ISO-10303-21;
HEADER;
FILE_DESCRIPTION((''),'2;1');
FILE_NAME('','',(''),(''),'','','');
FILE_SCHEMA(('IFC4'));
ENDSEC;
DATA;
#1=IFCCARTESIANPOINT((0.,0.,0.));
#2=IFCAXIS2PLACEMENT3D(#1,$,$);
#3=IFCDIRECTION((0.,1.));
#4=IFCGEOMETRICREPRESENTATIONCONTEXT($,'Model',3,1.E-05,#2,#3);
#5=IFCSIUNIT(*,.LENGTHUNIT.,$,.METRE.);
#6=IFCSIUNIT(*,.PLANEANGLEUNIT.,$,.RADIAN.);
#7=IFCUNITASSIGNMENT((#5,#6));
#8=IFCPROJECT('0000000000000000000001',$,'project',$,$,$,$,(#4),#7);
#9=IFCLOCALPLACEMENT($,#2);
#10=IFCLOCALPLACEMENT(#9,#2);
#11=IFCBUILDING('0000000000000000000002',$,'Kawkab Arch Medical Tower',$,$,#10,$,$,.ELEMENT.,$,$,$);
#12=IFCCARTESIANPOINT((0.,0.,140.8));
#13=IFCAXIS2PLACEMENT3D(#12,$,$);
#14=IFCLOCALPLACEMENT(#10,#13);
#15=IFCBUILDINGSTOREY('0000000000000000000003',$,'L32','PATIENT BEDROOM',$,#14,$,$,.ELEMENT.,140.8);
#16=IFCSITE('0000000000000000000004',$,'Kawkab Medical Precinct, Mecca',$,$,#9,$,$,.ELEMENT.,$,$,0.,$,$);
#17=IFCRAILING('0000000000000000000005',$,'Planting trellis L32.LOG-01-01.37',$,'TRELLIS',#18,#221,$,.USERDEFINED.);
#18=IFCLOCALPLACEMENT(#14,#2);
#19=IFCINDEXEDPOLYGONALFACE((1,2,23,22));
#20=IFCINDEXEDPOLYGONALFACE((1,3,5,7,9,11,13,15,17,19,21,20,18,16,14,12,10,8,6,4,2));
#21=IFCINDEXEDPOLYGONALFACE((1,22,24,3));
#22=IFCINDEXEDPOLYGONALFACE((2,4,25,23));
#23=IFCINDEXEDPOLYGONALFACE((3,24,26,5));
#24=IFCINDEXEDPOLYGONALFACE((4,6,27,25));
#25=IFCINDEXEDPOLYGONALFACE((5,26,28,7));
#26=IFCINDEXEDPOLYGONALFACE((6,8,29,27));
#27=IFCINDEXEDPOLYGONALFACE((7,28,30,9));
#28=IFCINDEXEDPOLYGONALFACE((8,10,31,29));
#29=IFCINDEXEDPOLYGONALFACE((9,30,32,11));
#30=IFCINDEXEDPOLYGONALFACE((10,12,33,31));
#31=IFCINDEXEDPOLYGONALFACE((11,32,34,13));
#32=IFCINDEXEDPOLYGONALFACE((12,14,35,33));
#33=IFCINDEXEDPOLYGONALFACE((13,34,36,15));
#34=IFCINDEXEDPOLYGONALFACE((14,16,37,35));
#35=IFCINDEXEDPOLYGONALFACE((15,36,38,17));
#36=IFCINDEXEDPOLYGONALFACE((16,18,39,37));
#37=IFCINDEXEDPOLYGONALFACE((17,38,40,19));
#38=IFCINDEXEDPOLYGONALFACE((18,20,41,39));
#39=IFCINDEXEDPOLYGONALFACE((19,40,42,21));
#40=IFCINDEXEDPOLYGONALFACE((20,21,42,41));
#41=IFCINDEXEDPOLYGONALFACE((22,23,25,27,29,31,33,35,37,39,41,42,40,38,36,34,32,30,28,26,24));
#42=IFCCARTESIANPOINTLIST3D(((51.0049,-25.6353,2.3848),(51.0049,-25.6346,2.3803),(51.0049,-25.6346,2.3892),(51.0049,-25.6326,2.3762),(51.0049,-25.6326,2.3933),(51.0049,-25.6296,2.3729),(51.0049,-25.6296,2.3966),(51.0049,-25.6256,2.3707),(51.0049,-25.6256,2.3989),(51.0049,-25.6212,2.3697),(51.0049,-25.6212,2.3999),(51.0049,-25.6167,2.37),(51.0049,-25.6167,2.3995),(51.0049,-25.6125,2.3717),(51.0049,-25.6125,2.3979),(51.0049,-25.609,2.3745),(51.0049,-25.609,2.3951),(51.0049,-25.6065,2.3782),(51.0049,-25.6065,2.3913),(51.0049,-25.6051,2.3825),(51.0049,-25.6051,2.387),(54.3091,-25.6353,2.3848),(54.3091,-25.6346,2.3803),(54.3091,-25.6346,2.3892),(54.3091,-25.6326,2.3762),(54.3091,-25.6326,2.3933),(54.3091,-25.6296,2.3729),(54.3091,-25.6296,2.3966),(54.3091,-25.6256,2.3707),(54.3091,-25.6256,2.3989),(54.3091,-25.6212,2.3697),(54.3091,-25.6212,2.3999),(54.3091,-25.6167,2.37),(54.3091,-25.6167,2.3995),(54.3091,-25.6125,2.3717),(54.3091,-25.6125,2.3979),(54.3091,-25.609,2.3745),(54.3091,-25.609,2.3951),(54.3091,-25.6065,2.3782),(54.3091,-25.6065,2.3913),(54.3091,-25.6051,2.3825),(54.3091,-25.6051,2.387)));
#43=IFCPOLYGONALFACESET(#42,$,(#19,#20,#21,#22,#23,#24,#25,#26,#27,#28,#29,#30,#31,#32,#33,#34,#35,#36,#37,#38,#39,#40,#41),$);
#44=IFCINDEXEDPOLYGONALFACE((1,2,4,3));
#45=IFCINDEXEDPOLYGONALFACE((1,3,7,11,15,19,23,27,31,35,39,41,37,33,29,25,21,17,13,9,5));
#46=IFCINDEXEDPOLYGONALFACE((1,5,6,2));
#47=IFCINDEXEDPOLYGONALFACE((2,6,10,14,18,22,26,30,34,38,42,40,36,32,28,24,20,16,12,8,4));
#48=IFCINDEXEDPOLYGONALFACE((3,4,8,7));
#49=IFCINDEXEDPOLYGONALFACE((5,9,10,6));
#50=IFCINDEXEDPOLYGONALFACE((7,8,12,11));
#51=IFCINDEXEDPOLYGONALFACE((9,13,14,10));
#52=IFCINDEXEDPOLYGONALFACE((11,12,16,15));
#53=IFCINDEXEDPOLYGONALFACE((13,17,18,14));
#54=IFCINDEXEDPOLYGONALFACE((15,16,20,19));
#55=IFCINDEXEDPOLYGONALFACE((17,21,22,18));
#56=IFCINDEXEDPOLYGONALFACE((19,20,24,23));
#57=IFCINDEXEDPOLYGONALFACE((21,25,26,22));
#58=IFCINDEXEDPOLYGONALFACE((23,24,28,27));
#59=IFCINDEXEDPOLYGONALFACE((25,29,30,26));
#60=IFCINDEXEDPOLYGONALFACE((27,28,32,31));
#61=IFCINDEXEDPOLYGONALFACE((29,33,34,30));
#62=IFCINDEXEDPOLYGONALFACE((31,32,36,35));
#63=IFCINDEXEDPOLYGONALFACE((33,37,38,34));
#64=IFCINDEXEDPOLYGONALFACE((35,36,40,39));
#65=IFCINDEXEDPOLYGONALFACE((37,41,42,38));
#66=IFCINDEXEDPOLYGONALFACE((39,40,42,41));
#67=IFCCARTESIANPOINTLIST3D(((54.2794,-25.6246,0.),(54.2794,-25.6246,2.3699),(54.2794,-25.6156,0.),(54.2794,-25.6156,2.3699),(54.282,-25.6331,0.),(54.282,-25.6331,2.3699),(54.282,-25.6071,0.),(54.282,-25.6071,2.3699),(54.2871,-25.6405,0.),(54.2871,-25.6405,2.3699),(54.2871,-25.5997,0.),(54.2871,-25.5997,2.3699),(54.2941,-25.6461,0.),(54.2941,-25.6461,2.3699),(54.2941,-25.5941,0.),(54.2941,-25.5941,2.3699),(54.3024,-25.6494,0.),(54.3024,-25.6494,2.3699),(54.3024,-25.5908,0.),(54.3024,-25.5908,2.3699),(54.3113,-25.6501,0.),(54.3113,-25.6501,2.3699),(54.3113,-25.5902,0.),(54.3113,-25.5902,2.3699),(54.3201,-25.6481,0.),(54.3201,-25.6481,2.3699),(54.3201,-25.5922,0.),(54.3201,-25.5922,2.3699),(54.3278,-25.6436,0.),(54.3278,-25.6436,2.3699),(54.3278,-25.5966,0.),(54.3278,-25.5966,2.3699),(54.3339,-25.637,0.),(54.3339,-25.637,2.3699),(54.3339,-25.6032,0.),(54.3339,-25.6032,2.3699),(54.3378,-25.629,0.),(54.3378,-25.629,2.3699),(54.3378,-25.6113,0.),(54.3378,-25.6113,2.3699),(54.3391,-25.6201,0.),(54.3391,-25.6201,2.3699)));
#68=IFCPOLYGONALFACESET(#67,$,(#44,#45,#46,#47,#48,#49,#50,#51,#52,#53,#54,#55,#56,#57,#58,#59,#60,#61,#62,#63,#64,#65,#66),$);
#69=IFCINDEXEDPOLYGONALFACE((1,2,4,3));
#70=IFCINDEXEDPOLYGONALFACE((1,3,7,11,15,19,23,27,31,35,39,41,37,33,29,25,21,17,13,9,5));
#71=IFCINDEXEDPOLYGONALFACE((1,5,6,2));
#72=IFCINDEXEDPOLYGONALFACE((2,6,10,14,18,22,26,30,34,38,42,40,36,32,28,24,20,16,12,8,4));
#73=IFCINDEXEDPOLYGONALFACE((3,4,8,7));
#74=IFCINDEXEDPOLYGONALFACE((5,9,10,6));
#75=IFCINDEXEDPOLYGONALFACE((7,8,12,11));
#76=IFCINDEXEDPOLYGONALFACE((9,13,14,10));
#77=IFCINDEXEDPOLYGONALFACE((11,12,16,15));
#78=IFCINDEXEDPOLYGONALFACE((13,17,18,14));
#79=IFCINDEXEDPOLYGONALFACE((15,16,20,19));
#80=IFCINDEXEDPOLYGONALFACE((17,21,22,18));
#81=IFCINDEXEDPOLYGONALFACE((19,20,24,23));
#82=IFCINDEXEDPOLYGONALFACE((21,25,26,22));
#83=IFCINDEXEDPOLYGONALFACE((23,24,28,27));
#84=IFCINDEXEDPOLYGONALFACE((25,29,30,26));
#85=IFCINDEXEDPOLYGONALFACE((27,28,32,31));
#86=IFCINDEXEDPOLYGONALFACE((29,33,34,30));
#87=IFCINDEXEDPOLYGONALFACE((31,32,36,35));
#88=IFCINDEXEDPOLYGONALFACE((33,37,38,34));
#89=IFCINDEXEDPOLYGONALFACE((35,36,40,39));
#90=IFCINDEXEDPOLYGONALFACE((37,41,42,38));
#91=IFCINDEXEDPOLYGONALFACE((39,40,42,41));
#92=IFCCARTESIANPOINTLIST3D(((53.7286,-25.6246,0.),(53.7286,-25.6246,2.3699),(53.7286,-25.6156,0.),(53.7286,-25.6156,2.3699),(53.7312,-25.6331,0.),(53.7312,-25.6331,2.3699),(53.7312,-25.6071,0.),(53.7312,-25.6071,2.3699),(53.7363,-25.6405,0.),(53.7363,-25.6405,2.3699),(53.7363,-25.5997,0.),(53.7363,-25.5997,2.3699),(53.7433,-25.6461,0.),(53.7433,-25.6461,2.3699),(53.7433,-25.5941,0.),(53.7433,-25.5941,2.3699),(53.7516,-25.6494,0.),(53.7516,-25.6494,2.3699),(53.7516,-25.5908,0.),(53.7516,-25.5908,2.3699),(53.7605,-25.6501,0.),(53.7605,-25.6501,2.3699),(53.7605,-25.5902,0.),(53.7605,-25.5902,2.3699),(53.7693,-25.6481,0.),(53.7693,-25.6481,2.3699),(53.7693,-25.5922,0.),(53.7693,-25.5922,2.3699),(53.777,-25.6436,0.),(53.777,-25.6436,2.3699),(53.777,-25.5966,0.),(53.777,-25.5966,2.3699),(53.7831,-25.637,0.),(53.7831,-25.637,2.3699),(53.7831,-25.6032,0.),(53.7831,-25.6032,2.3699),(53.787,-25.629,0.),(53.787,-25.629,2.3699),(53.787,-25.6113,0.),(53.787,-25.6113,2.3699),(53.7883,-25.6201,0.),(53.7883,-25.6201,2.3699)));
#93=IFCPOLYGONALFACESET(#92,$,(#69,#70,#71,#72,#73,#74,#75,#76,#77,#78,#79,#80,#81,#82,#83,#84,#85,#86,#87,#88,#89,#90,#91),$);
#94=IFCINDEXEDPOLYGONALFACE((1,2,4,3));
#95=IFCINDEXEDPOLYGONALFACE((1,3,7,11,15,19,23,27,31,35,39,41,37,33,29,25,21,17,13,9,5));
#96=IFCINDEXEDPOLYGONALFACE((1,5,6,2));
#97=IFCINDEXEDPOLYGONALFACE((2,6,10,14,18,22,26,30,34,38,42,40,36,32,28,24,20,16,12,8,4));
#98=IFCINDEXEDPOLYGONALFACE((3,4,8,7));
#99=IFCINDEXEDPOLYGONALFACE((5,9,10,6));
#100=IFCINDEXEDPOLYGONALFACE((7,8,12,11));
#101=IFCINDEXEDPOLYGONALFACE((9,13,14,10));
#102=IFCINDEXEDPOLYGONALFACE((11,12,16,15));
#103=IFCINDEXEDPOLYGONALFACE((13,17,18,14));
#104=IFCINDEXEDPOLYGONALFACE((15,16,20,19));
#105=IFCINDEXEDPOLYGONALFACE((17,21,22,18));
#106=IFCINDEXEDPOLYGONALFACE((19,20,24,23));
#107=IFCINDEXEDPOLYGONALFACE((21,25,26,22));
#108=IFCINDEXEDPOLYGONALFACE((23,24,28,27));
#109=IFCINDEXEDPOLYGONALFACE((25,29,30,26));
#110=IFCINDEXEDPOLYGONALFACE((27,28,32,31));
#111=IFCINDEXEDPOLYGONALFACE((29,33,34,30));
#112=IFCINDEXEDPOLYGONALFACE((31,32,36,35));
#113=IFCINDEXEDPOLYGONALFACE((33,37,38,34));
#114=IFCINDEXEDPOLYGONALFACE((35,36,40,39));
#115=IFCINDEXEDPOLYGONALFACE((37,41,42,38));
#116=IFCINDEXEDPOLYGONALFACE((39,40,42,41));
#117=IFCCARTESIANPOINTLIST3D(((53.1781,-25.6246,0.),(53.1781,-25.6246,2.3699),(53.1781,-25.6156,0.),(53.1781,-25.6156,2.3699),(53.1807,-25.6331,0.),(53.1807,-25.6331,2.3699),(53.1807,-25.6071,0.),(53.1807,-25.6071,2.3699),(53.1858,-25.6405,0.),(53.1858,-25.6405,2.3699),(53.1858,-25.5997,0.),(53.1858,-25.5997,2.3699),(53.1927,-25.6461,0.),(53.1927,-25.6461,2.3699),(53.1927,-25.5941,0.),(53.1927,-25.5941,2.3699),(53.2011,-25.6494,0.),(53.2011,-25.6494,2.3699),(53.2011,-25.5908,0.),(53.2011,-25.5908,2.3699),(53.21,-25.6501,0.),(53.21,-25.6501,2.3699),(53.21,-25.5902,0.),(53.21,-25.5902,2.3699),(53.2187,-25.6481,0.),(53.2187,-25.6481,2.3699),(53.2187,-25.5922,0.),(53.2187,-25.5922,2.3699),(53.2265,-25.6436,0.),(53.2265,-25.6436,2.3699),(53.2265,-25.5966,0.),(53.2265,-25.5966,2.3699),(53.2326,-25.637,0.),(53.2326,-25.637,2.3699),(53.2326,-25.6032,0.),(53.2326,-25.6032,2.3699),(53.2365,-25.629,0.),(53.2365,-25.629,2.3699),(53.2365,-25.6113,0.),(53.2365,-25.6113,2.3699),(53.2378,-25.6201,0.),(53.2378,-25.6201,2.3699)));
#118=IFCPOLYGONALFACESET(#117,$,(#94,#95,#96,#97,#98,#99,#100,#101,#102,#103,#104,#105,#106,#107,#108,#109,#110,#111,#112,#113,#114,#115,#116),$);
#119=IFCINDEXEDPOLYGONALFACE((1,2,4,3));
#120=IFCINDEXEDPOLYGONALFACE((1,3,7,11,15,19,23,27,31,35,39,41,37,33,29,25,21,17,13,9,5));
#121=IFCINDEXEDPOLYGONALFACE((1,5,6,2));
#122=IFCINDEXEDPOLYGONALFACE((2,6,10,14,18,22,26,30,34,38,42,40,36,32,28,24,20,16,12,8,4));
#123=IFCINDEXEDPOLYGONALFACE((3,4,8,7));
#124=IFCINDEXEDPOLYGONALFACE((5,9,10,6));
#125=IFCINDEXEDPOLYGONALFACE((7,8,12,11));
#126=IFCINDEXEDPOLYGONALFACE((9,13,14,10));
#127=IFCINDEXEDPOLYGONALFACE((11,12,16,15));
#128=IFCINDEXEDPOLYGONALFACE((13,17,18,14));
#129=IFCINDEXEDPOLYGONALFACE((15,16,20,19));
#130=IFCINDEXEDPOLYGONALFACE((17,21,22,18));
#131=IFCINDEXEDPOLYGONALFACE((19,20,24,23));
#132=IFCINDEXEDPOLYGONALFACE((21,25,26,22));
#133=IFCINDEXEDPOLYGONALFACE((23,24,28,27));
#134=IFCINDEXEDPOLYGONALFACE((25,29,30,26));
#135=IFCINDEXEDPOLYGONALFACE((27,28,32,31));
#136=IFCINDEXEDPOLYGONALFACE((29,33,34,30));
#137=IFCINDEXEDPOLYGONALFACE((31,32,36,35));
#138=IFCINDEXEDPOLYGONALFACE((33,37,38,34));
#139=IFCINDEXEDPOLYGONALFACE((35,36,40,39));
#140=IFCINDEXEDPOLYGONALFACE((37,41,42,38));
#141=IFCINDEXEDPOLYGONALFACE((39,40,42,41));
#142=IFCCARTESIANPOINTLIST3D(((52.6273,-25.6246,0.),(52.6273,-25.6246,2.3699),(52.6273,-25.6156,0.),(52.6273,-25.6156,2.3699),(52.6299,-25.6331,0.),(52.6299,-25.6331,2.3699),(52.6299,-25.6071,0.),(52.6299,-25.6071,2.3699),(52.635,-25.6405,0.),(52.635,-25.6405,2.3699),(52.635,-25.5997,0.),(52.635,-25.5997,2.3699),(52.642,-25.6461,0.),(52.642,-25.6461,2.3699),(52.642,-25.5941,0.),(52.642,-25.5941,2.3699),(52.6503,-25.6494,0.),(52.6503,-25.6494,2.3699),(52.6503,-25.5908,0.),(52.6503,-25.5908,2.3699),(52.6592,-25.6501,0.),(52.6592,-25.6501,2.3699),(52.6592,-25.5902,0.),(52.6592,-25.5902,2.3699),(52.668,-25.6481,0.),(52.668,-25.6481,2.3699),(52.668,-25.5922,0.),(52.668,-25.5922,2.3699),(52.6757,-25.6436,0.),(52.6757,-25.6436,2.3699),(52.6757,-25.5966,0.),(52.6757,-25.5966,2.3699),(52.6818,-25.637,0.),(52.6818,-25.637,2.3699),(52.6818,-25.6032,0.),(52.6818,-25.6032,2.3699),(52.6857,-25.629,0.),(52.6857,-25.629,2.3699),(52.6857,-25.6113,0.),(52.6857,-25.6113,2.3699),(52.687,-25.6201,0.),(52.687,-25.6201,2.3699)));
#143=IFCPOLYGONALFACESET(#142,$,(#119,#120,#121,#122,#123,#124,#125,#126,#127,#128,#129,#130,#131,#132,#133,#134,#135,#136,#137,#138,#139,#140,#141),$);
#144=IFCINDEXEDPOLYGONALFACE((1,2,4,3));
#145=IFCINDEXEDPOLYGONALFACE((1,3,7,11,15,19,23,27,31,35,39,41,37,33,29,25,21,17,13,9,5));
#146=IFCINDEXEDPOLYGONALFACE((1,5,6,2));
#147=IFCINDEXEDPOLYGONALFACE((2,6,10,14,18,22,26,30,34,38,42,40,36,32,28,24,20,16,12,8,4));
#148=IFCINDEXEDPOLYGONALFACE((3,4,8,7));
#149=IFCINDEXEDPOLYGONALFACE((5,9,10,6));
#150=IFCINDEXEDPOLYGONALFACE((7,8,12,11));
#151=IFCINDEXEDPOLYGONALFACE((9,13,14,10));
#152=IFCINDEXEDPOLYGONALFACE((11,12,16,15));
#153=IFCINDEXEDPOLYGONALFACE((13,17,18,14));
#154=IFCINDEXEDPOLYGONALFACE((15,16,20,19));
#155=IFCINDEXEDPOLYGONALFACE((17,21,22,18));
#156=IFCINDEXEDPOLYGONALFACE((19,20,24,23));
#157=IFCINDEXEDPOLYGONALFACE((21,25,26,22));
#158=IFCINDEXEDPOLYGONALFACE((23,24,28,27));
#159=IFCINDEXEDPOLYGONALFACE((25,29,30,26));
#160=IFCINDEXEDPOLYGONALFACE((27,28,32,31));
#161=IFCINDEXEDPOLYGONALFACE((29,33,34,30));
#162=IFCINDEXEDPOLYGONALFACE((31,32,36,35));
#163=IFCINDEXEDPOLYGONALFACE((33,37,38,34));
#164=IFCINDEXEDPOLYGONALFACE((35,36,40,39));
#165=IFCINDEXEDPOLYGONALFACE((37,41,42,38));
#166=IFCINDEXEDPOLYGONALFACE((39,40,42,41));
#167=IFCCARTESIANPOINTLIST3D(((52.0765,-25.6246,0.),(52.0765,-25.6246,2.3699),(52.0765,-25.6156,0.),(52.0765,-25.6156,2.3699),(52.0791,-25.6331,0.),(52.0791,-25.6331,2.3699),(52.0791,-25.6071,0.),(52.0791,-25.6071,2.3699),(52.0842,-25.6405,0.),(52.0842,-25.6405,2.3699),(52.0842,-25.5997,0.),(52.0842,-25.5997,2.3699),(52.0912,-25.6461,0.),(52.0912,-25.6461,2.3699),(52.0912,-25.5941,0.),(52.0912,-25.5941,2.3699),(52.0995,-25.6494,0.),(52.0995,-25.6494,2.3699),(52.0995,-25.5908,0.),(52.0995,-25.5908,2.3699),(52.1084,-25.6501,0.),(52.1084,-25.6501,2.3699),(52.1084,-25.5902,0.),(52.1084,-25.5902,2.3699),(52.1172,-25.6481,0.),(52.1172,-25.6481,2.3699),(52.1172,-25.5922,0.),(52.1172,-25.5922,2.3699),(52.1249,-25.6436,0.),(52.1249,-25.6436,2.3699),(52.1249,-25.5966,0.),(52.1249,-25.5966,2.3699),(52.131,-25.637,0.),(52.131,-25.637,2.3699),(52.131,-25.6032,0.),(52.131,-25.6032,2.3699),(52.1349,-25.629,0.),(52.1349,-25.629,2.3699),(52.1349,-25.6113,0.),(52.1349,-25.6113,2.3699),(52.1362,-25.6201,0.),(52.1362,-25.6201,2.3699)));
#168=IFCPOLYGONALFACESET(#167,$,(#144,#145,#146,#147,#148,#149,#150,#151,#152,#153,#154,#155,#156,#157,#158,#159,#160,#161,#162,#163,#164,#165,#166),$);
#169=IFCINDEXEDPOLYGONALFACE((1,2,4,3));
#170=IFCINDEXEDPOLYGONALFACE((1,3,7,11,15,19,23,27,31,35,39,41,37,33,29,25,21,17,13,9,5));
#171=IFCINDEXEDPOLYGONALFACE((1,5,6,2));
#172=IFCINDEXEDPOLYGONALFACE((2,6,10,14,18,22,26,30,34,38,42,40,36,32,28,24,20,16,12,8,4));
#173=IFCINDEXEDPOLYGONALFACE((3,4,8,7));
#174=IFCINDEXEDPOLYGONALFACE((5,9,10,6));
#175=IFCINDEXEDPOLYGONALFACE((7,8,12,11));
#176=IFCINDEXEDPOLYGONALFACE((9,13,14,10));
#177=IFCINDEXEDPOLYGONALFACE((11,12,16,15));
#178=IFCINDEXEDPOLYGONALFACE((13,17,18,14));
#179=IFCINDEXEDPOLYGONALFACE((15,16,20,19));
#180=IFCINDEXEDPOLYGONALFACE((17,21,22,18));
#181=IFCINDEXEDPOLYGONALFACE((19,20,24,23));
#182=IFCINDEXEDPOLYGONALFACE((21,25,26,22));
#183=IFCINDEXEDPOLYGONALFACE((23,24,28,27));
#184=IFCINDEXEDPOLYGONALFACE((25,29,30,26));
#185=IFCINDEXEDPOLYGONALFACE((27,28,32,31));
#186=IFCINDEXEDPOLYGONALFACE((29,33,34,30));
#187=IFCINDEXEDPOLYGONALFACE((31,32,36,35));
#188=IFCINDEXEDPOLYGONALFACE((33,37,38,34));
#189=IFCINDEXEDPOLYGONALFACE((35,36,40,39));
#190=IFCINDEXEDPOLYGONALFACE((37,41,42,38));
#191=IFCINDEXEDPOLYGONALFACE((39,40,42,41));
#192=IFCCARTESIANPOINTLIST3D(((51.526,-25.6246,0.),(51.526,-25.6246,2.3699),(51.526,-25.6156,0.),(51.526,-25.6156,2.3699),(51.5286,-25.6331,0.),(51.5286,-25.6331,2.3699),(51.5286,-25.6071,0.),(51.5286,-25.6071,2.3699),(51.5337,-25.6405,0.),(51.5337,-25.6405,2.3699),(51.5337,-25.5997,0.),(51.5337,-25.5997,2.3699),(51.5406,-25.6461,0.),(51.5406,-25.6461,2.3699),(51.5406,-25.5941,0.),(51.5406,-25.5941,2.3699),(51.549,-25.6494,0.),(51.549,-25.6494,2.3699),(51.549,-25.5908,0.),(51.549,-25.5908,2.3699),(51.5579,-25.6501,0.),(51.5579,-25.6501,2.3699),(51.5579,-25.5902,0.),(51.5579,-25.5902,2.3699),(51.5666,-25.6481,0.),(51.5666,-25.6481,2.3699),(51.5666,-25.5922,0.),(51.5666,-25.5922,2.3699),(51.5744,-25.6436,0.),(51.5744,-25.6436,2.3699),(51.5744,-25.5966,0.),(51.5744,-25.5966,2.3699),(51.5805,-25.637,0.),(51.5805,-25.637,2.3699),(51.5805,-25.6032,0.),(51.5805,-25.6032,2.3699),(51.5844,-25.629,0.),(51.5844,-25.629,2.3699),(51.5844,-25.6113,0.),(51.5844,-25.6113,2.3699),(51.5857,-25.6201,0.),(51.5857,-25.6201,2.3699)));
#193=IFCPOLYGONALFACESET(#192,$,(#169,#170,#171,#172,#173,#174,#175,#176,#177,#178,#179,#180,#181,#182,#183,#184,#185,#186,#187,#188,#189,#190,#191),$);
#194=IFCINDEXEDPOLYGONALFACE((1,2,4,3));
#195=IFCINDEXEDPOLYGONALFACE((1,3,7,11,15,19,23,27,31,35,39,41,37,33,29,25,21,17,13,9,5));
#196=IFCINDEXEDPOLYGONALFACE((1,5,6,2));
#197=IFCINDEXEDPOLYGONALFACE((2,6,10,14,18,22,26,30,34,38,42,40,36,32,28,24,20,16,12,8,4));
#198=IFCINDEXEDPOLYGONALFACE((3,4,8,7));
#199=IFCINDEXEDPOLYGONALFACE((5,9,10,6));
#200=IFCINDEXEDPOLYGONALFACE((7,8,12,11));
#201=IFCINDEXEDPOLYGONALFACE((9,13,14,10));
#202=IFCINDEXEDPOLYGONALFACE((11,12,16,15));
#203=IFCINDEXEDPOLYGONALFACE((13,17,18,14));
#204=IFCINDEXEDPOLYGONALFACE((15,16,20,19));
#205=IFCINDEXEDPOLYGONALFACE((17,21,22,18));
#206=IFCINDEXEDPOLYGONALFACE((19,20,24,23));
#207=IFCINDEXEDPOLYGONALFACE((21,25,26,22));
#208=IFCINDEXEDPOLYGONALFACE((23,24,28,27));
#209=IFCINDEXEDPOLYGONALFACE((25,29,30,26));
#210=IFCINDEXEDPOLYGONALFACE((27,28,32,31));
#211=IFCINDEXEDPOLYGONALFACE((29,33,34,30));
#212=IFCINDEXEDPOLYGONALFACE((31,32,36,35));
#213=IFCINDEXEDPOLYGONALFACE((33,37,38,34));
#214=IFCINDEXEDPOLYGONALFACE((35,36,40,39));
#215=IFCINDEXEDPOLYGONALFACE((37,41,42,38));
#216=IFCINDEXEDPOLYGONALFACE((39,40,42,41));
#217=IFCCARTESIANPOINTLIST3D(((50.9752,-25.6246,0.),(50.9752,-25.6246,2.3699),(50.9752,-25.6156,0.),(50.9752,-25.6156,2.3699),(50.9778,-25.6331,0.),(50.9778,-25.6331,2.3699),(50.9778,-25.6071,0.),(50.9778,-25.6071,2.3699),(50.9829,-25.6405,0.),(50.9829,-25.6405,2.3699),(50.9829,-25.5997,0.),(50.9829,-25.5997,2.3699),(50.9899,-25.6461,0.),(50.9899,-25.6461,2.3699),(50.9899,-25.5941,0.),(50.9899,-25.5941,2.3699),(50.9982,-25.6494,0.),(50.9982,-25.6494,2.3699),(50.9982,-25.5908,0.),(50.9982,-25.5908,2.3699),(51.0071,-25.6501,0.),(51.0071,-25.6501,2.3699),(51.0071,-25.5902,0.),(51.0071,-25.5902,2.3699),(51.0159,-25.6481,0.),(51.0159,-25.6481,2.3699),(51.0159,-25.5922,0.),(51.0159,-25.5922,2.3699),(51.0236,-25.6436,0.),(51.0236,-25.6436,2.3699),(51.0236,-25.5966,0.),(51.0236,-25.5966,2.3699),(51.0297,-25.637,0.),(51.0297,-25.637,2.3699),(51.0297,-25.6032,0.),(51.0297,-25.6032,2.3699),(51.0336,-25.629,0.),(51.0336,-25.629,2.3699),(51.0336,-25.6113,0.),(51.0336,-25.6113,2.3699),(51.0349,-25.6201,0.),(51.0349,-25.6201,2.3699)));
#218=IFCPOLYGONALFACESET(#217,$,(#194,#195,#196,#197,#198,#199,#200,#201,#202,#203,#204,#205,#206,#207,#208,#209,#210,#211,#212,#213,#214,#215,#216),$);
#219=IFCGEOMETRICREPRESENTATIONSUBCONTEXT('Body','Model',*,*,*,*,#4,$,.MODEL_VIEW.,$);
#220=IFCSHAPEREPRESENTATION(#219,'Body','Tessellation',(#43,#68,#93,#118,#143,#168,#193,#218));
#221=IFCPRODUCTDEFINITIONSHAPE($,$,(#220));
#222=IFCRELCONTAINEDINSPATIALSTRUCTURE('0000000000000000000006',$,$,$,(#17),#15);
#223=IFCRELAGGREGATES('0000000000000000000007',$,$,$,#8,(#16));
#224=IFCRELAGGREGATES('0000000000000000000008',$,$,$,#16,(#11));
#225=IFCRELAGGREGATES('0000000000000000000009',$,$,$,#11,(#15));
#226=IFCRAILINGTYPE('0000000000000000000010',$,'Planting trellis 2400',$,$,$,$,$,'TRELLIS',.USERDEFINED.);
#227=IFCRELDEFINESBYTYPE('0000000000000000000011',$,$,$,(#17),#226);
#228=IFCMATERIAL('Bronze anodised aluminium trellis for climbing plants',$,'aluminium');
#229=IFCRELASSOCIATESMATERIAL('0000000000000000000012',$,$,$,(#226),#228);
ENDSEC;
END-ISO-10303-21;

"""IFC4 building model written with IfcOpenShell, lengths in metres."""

from ifc_helpers import new_model, si_unit, direction, frame, origin, origin_2d, place, context, subcontext, project, spatial, circle, extrude, material, type_object, element, save


model = new_model("IFC4")

# Units and contexts
model_context = context("Model", 3, precision=1e-05, world=origin(), true_north=direction((0.0, 1.0)))
body_context = subcontext(model_context, "Body", "Model", "MODEL_VIEW")
ifc_project = project(units=[si_unit("LENGTHUNIT", "METRE"), si_unit("PLANEANGLEUNIT", "RADIAN")], contexts=[model_context])

# Site, building, storey
site_placement = place(None, origin())
site = spatial("IfcSite", under=ifc_project, at=site_placement, Name="Kawkab Medical Precinct, Mecca", CompositionType="ELEMENT", RefElevation=0.0)
building_placement = place(site_placement, origin())
building = spatial("IfcBuilding", under=site, at=building_placement, Name="Kawkab Arch Medical Tower", CompositionType="ELEMENT")
storey_placement = place(building_placement, frame((0.0, 0.0, 140.8)))
storey = spatial("IfcBuildingStorey", under=building, at=storey_placement, Name="L32", Description="PATIENT BEDROOM", CompositionType="ELEMENT", Elevation=140.8)

# Railing
ifc_material_1 = material(Name="Bronze anodised aluminium trellis for climbing plants", Category="aluminium")
railing_type = type_object("IfcRailingType", Name="Planting trellis 2400", ElementType="TRELLIS", PredefinedType="USERDEFINED", material=ifc_material_1)
railing_1_placement = place(storey_placement, frame((54.3091, -25.6201, 0.0)))
element("IfcRailing", 1, at=railing_1_placement, inside=storey, type_object=railing_type, Name="Planting trellis L32.LOG-01-01.37", ObjectType="TRELLIS", PredefinedType="USERDEFINED", context=body_context, shape_type="SweptSolid", body=[
    extrude(circle(Radius=0.0151, at=origin_2d()), frame((0.0, 0.0, 2.3848), z_axis=(-1.0, 0.0, 0.0), x_axis=(0.0, -1.0, 0.0)), (0.0, 0.0, 1.0), 3.3042),
    extrude(circle(Radius=0.03, at=origin_2d()), origin(), (0.0, 0.0, 1.0), 2.3699),
    extrude(circle(Radius=0.03, at=origin_2d()), frame((-0.5508, 0.0, 0.0)), (0.0, 0.0, 1.0), 2.3699),
    extrude(circle(Radius=0.03, at=origin_2d()), frame((-1.1013, 0.0, 0.0)), (0.0, 0.0, 1.0), 2.3699),
    extrude(circle(Radius=0.03, at=origin_2d()), frame((-1.6521, 0.0, 0.0)), (0.0, 0.0, 1.0), 2.3699),
    extrude(circle(Radius=0.03, at=origin_2d()), frame((-2.2029, 0.0, 0.0)), (0.0, 0.0, 1.0), 2.3699),
    extrude(circle(Radius=0.03, at=origin_2d()), frame((-2.7534, 0.0, 0.0)), (0.0, 0.0, 1.0), 2.3699),
    extrude(circle(Radius=0.03, at=origin_2d()), frame((-3.3042, 0.0, 0.0)), (0.0, 0.0, 1.0), 2.3699),
])

save(model, "model.ifc")
